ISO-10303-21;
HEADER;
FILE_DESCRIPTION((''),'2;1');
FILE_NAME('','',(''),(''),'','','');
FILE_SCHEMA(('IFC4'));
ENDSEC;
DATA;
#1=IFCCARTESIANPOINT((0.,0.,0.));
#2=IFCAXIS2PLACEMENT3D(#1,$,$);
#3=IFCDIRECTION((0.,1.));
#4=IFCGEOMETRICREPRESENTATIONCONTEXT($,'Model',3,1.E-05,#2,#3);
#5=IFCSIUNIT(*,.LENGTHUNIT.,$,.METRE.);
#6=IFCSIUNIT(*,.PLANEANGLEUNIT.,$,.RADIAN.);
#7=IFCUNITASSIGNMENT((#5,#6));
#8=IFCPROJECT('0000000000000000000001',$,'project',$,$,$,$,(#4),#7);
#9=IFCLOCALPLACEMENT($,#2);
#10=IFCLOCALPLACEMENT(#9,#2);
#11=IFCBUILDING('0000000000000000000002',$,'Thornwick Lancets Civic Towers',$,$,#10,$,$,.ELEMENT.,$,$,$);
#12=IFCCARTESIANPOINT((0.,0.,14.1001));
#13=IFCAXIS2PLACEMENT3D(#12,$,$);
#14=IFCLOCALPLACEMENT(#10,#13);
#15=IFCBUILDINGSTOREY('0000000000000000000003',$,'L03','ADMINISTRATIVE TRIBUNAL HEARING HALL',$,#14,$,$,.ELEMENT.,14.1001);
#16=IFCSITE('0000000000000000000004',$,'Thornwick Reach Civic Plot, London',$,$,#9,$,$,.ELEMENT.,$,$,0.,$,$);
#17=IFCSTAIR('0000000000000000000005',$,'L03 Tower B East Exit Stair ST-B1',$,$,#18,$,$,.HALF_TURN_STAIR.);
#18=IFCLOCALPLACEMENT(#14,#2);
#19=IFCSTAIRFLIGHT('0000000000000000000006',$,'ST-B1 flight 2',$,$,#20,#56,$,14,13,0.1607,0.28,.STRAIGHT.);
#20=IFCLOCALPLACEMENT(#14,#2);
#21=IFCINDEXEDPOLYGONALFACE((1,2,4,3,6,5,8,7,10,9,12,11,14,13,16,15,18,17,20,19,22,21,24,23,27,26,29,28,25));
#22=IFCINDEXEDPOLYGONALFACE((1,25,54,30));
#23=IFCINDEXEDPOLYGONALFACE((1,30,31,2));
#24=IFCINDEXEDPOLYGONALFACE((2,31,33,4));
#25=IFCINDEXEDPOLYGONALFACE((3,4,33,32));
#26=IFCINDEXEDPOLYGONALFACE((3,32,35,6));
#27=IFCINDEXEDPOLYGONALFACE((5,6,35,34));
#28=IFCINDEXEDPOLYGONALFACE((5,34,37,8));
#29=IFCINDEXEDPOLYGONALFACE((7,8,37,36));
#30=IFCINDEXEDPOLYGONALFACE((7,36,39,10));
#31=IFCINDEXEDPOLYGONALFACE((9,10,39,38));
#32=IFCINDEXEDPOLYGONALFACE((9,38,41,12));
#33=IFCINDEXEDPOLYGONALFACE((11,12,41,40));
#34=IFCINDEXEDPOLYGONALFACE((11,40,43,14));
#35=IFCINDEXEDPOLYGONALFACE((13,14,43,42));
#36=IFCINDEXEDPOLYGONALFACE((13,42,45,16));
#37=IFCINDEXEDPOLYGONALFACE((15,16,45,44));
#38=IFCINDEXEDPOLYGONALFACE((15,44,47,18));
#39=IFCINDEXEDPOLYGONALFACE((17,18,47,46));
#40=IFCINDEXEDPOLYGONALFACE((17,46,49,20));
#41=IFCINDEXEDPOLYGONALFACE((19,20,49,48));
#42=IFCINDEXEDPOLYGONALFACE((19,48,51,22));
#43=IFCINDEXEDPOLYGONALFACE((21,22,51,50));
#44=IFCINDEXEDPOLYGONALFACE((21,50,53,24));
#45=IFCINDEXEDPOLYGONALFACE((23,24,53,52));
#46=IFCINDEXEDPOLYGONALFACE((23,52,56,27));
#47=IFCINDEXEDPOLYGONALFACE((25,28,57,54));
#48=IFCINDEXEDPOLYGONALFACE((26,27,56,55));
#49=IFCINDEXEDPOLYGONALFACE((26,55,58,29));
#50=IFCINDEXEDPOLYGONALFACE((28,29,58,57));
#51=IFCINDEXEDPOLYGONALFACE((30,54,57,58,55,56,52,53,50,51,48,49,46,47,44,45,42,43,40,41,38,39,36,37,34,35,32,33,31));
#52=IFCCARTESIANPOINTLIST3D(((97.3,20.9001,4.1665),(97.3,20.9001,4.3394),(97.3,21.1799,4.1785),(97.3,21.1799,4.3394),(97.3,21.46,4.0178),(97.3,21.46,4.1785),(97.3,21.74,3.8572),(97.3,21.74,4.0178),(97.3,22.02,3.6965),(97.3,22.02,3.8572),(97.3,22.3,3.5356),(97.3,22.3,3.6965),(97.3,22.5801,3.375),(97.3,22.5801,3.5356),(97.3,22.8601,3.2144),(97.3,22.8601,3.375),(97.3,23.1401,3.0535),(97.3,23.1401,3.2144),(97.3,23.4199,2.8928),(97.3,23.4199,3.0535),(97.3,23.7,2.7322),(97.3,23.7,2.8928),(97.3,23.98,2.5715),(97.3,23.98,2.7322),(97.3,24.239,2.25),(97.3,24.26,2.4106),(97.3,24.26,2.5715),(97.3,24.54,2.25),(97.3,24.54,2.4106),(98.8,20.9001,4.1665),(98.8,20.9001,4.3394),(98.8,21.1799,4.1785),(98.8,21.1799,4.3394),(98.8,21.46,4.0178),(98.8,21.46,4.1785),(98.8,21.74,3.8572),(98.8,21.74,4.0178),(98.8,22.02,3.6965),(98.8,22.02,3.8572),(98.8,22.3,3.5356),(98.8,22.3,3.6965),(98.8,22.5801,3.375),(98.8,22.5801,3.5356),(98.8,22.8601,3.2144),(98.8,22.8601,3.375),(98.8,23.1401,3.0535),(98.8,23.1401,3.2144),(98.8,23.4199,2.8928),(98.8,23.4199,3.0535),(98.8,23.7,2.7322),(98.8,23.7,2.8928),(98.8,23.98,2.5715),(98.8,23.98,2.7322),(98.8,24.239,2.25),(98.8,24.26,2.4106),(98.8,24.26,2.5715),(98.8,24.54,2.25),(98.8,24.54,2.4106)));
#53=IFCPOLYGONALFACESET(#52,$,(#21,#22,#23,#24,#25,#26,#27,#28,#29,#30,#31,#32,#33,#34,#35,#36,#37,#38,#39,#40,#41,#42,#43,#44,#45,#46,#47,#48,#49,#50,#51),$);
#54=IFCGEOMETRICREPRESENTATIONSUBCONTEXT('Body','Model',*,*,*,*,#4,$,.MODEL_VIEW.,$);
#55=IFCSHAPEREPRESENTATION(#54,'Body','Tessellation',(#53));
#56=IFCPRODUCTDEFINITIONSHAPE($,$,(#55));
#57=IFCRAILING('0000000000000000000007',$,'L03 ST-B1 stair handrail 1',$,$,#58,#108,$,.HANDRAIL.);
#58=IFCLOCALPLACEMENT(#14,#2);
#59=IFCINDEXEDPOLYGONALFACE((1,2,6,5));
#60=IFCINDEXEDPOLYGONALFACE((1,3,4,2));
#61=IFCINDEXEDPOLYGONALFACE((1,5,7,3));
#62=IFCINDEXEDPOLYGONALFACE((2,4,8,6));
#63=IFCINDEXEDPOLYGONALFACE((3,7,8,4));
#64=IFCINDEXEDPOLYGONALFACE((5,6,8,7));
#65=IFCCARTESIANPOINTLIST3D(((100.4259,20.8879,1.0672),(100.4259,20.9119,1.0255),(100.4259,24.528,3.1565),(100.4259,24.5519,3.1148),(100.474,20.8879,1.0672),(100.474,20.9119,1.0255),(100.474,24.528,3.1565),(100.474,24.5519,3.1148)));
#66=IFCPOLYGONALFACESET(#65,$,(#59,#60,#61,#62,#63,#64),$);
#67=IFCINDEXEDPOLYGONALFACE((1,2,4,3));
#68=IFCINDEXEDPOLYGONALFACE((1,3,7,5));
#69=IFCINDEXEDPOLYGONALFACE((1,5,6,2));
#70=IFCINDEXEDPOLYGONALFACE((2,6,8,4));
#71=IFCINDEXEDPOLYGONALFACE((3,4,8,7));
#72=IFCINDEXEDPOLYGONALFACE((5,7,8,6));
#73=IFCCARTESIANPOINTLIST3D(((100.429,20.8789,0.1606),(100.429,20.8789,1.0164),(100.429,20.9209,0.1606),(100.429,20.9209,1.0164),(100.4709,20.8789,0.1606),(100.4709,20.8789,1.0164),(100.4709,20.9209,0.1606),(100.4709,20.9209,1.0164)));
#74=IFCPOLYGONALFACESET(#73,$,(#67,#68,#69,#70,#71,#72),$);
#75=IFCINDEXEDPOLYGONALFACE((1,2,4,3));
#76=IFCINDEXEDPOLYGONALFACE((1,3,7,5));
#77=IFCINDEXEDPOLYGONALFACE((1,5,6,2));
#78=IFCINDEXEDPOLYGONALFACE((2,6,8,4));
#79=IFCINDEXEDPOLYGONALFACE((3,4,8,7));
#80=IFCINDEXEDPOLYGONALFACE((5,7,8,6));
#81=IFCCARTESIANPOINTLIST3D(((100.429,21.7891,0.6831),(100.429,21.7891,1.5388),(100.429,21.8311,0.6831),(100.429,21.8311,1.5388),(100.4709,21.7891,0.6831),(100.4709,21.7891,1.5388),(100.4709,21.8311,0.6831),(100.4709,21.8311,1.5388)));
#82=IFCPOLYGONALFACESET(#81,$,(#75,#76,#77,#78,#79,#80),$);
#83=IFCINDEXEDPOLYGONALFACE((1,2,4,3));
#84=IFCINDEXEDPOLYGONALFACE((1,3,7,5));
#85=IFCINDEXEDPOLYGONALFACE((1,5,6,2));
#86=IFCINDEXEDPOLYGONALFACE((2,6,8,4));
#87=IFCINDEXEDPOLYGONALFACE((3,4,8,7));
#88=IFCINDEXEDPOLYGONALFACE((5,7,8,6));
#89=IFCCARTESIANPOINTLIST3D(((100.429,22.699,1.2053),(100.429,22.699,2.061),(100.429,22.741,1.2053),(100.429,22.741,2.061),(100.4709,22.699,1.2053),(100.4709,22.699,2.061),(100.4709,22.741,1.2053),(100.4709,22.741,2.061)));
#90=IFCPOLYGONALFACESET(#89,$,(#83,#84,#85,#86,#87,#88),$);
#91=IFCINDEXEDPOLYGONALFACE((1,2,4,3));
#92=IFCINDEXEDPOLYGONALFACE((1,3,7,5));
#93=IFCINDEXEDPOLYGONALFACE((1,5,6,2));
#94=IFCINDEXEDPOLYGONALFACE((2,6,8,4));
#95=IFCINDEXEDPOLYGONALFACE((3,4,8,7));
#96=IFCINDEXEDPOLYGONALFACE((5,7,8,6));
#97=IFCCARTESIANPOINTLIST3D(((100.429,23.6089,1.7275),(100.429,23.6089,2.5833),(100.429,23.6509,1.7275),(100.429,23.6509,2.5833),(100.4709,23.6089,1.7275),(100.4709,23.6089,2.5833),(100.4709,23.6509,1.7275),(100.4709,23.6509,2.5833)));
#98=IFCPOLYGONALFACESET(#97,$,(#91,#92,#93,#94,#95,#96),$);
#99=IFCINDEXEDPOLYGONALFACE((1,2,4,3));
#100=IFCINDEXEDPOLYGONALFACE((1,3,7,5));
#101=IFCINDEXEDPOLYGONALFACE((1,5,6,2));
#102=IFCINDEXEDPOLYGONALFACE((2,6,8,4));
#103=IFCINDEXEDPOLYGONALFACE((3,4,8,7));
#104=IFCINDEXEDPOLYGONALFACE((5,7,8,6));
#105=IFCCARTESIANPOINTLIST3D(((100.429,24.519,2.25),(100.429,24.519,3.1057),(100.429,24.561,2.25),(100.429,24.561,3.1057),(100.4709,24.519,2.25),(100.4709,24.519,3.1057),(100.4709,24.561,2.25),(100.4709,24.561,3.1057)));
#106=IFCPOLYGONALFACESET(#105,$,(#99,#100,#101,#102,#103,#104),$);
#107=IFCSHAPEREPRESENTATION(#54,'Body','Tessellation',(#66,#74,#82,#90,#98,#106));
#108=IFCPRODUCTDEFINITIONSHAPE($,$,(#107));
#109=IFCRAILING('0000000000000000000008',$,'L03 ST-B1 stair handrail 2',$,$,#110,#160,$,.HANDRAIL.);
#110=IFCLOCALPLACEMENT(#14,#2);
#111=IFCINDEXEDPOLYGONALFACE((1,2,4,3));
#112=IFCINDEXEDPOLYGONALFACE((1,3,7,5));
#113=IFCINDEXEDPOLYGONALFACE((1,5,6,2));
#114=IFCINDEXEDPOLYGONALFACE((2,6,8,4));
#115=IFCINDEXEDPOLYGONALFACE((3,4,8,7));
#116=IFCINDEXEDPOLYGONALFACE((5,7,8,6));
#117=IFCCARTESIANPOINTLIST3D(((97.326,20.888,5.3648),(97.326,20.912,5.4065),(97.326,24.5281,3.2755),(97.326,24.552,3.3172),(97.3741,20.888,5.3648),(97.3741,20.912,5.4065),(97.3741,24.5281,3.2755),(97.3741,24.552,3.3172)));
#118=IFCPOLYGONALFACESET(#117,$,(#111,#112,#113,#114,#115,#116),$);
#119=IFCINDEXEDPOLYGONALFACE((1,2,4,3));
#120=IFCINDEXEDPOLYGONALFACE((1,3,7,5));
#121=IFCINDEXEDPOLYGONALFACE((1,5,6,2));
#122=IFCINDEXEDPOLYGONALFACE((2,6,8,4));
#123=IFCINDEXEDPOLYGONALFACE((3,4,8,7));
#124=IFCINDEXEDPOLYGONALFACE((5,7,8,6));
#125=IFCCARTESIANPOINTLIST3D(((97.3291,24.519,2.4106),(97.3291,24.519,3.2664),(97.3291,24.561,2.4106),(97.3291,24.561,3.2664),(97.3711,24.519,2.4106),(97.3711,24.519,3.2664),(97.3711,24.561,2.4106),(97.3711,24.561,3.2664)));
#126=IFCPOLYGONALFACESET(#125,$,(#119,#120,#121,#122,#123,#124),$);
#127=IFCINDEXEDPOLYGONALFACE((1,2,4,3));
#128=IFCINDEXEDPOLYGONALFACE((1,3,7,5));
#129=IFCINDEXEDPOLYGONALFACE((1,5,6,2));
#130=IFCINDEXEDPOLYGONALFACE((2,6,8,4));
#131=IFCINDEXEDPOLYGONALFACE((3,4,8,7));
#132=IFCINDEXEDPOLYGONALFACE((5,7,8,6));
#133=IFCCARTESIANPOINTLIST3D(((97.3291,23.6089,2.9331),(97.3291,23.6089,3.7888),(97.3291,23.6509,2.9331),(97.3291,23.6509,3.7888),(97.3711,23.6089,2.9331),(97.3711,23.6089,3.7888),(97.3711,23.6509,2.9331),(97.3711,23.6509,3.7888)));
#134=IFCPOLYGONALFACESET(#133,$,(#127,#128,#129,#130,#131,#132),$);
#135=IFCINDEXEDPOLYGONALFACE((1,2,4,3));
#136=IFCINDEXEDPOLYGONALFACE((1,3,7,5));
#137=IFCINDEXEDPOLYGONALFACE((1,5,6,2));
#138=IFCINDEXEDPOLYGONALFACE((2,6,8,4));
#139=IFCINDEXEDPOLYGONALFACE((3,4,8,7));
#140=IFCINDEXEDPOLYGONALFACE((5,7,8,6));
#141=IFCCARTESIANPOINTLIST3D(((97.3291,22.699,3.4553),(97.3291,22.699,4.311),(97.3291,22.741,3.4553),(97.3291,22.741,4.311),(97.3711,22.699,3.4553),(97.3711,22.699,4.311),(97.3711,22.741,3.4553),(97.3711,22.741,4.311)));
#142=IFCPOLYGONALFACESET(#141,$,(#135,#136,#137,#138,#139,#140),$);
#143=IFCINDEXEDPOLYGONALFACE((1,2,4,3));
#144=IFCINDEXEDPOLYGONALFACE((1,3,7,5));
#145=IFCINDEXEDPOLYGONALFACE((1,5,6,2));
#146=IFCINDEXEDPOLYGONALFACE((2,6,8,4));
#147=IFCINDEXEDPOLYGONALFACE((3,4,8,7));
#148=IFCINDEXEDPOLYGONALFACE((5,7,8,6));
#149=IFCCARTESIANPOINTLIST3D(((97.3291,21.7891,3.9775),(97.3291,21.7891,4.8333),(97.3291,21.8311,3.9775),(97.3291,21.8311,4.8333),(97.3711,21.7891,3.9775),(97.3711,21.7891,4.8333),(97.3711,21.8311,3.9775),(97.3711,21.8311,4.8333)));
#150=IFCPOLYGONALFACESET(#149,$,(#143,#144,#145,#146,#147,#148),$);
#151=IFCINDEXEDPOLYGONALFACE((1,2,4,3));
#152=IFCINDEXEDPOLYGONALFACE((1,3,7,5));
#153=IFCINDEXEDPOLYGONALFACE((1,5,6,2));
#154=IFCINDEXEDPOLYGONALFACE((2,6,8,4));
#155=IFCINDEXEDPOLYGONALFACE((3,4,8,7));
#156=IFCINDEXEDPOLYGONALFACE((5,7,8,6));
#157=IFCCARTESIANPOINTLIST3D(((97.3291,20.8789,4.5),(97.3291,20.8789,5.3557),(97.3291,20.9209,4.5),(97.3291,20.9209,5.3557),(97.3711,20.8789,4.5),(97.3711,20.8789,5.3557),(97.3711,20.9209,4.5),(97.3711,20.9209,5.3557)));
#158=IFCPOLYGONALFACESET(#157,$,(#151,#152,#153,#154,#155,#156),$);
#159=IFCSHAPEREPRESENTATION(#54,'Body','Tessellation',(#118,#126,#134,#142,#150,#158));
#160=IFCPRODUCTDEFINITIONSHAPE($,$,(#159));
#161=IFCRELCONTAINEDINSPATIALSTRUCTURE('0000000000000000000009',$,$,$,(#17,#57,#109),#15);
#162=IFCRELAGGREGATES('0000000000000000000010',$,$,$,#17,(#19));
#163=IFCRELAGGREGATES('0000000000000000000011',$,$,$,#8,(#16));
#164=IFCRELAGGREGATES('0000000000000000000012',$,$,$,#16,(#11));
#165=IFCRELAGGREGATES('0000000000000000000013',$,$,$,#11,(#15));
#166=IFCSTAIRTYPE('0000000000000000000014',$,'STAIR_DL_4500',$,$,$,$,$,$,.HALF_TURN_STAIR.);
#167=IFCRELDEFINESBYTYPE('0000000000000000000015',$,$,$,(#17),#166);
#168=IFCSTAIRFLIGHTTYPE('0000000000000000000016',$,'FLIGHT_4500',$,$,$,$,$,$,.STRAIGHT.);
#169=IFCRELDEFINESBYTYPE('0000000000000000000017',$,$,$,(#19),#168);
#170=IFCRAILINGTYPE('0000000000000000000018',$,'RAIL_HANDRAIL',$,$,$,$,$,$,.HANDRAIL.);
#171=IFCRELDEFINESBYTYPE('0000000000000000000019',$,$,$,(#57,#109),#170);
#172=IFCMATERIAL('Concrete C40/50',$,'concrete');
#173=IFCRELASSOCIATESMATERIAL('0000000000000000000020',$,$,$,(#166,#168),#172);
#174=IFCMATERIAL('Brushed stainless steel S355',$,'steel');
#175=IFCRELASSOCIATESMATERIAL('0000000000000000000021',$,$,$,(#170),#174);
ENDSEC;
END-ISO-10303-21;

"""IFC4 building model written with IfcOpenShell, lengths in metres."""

from ifc_helpers import new_model, si_unit, direction, frame, origin, origin_2d, place, context, subcontext, project, spatial, polyline, rectangle, outline, extrude, material, type_object, element, aggregate, save


model = new_model("IFC4")

# Units and contexts
model_context = context("Model", 3, precision=1e-05, world=origin(), true_north=direction((0.0, 1.0)))
body_context = subcontext(model_context, "Body", "Model", "MODEL_VIEW")
ifc_project = project(units=[si_unit("LENGTHUNIT", "METRE"), si_unit("PLANEANGLEUNIT", "RADIAN")], contexts=[model_context])

# Site, building, storey
site_placement = place(None, origin())
site = spatial("IfcSite", under=ifc_project, at=site_placement, Name="Thornwick Reach Civic Plot, London", CompositionType="ELEMENT", RefElevation=0.0)
building_placement = place(site_placement, origin())
building = spatial("IfcBuilding", under=site, at=building_placement, Name="Thornwick Lancets Civic Towers", CompositionType="ELEMENT")
storey_placement = place(building_placement, frame((0.0, 0.0, 14.1001)))
storey = spatial("IfcBuildingStorey", under=building, at=storey_placement, Name="L03", Description="ADMINISTRATIVE TRIBUNAL HEARING HALL", CompositionType="ELEMENT", Elevation=14.1001)

# Shared definitions
ifc_material_1 = material(Name="Concrete C40/50", Category="concrete")

# Stair, stair flight
stair_type = type_object("IfcStairType", Name="STAIR_DL_4500", PredefinedType="HALF_TURN_STAIR", material=ifc_material_1)
stair_placement = place(storey_placement, origin())
stair = element("IfcStair", 1, at=stair_placement, inside=storey, type_object=stair_type, Name="L03 Tower B East Exit Stair ST-B1", PredefinedType="HALF_TURN_STAIR")
stair_flight_type = type_object("IfcStairFlightType", Name="FLIGHT_4500", PredefinedType="STRAIGHT", material=ifc_material_1)
stair_flight_1_placement = place(storey_placement, frame((98.05, 24.54, 2.25), z_axis=(0.0, 0.0, 1.0), x_axis=(0.0, -1.0, 0.0)))
stair_flight_1 = element("IfcStairFlight", 2, at=stair_flight_1_placement, type_object=stair_flight_type, Name="ST-B1 flight 2", NumberOfRisers=14, NumberOfTreads=13, PredefinedType="STRAIGHT", RiserHeight=0.1607, TreadLength=0.28, context=body_context, shape_type="SweptSolid", body=[
    extrude(outline(polyline([(0.0, 0.0), (0.0, 0.1606), (0.28, 0.1606), (0.28, 0.3215), (0.5601, 0.3215), (0.5601, 0.4822), (0.8401, 0.4822), (0.8401, 0.6428), (1.1201, 0.6428), (1.1201, 0.8035), (1.3999, 0.8035), (1.3999, 0.9644), (1.6799, 0.9644), (1.6799, 1.125), (1.96, 1.125), (1.96, 1.2856), (2.24, 1.2856), (2.24, 1.4465), (2.52, 1.4465), (2.52, 1.6072), (2.8, 1.6072), (2.8, 1.7678), (3.0801, 1.7678), (3.0801, 1.9285), (3.3601, 1.9285), (3.3601, 2.0894), (3.6399, 2.0894), (3.6399, 2.25), (3.6399, 1.9165), (0.301, 0.0), (0.0, 0.0)])), frame((0.0, 0.75, 0.0), z_axis=(0.0, -1.0, 0.0), x_axis=(1.0, 0.0, 0.0)), (0.0, 0.0, 1.0), 1.5),
])
aggregate(stair, [stair_flight_1])

# Railings
ifc_material_2 = material(Name="Brushed stainless steel S355", Category="steel")
railing_type_1 = type_object("IfcRailingType", Name="RAIL_HANDRAIL", PredefinedType="HANDRAIL", material=ifc_material_2)
railing_1_placement = place(storey_placement, frame((100.45, 20.8999, 0.1606)))
element("IfcRailing", 3, at=railing_1_placement, inside=storey, type_object=railing_type_1, Name="L03 ST-B1 stair handrail 1", PredefinedType="HANDRAIL", context=body_context, shape_type="SweptSolid", body=[
    extrude(rectangle(XDim=0.0481, YDim=0.0481, at=origin_2d()), frame((0.0, 0.0, 0.8857), z_axis=(0.0, 0.867289, 0.497804), x_axis=(-1.0, 0.0, 0.0)), (0.0, 0.0, 1.0), 4.197),
    extrude(rectangle(XDim=0.042, YDim=0.042, at=origin_2d()), origin(), (0.0, 0.0, 1.0), 0.8557),
    extrude(rectangle(XDim=0.042, YDim=0.042, at=origin_2d()), frame((0.0, 0.9102, 0.5225)), (0.0, 0.0, 1.0), 0.8557),
    extrude(rectangle(XDim=0.042, YDim=0.042, at=origin_2d()), frame((0.0, 1.8201, 1.0447)), (0.0, 0.0, 1.0), 0.8557),
    extrude(rectangle(XDim=0.042, YDim=0.042, at=origin_2d()), frame((0.0, 2.73, 1.5669)), (0.0, 0.0, 1.0), 0.8557),
    extrude(rectangle(XDim=0.042, YDim=0.042, at=origin_2d()), frame((0.0, 3.6401, 2.0894)), (0.0, 0.0, 1.0), 0.8557),
])
railing_2_placement = place(storey_placement, frame((97.3501, 24.54, 2.4106)))
element("IfcRailing", 4, at=railing_2_placement, inside=storey, type_object=railing_type_1, Name="L03 ST-B1 stair handrail 2", PredefinedType="HANDRAIL", context=body_context, shape_type="SweptSolid", body=[
    extrude(rectangle(XDim=0.0481, YDim=0.0481, at=origin_2d()), frame((0.0, 0.0, 0.8857), z_axis=(0.0, -0.867289, 0.497804), x_axis=(1.0, 0.0, 0.0)), (0.0, 0.0, 1.0), 4.197),
    extrude(rectangle(XDim=0.042, YDim=0.042, at=origin_2d()), origin(), (0.0, 0.0, 1.0), 0.8557),
    extrude(rectangle(XDim=0.042, YDim=0.042, at=origin_2d()), frame((0.0, -0.9102, 0.5225)), (0.0, 0.0, 1.0), 0.8557),
    extrude(rectangle(XDim=0.042, YDim=0.042, at=origin_2d()), frame((0.0, -1.8201, 1.0447)), (0.0, 0.0, 1.0), 0.8557),
    extrude(rectangle(XDim=0.042, YDim=0.042, at=origin_2d()), frame((0.0, -2.73, 1.5669)), (0.0, 0.0, 1.0), 0.8557),
    extrude(rectangle(XDim=0.042, YDim=0.042, at=origin_2d()), frame((0.0, -3.6401, 2.0894)), (0.0, 0.0, 1.0), 0.8557),
])

save(model, "model.ifc")
